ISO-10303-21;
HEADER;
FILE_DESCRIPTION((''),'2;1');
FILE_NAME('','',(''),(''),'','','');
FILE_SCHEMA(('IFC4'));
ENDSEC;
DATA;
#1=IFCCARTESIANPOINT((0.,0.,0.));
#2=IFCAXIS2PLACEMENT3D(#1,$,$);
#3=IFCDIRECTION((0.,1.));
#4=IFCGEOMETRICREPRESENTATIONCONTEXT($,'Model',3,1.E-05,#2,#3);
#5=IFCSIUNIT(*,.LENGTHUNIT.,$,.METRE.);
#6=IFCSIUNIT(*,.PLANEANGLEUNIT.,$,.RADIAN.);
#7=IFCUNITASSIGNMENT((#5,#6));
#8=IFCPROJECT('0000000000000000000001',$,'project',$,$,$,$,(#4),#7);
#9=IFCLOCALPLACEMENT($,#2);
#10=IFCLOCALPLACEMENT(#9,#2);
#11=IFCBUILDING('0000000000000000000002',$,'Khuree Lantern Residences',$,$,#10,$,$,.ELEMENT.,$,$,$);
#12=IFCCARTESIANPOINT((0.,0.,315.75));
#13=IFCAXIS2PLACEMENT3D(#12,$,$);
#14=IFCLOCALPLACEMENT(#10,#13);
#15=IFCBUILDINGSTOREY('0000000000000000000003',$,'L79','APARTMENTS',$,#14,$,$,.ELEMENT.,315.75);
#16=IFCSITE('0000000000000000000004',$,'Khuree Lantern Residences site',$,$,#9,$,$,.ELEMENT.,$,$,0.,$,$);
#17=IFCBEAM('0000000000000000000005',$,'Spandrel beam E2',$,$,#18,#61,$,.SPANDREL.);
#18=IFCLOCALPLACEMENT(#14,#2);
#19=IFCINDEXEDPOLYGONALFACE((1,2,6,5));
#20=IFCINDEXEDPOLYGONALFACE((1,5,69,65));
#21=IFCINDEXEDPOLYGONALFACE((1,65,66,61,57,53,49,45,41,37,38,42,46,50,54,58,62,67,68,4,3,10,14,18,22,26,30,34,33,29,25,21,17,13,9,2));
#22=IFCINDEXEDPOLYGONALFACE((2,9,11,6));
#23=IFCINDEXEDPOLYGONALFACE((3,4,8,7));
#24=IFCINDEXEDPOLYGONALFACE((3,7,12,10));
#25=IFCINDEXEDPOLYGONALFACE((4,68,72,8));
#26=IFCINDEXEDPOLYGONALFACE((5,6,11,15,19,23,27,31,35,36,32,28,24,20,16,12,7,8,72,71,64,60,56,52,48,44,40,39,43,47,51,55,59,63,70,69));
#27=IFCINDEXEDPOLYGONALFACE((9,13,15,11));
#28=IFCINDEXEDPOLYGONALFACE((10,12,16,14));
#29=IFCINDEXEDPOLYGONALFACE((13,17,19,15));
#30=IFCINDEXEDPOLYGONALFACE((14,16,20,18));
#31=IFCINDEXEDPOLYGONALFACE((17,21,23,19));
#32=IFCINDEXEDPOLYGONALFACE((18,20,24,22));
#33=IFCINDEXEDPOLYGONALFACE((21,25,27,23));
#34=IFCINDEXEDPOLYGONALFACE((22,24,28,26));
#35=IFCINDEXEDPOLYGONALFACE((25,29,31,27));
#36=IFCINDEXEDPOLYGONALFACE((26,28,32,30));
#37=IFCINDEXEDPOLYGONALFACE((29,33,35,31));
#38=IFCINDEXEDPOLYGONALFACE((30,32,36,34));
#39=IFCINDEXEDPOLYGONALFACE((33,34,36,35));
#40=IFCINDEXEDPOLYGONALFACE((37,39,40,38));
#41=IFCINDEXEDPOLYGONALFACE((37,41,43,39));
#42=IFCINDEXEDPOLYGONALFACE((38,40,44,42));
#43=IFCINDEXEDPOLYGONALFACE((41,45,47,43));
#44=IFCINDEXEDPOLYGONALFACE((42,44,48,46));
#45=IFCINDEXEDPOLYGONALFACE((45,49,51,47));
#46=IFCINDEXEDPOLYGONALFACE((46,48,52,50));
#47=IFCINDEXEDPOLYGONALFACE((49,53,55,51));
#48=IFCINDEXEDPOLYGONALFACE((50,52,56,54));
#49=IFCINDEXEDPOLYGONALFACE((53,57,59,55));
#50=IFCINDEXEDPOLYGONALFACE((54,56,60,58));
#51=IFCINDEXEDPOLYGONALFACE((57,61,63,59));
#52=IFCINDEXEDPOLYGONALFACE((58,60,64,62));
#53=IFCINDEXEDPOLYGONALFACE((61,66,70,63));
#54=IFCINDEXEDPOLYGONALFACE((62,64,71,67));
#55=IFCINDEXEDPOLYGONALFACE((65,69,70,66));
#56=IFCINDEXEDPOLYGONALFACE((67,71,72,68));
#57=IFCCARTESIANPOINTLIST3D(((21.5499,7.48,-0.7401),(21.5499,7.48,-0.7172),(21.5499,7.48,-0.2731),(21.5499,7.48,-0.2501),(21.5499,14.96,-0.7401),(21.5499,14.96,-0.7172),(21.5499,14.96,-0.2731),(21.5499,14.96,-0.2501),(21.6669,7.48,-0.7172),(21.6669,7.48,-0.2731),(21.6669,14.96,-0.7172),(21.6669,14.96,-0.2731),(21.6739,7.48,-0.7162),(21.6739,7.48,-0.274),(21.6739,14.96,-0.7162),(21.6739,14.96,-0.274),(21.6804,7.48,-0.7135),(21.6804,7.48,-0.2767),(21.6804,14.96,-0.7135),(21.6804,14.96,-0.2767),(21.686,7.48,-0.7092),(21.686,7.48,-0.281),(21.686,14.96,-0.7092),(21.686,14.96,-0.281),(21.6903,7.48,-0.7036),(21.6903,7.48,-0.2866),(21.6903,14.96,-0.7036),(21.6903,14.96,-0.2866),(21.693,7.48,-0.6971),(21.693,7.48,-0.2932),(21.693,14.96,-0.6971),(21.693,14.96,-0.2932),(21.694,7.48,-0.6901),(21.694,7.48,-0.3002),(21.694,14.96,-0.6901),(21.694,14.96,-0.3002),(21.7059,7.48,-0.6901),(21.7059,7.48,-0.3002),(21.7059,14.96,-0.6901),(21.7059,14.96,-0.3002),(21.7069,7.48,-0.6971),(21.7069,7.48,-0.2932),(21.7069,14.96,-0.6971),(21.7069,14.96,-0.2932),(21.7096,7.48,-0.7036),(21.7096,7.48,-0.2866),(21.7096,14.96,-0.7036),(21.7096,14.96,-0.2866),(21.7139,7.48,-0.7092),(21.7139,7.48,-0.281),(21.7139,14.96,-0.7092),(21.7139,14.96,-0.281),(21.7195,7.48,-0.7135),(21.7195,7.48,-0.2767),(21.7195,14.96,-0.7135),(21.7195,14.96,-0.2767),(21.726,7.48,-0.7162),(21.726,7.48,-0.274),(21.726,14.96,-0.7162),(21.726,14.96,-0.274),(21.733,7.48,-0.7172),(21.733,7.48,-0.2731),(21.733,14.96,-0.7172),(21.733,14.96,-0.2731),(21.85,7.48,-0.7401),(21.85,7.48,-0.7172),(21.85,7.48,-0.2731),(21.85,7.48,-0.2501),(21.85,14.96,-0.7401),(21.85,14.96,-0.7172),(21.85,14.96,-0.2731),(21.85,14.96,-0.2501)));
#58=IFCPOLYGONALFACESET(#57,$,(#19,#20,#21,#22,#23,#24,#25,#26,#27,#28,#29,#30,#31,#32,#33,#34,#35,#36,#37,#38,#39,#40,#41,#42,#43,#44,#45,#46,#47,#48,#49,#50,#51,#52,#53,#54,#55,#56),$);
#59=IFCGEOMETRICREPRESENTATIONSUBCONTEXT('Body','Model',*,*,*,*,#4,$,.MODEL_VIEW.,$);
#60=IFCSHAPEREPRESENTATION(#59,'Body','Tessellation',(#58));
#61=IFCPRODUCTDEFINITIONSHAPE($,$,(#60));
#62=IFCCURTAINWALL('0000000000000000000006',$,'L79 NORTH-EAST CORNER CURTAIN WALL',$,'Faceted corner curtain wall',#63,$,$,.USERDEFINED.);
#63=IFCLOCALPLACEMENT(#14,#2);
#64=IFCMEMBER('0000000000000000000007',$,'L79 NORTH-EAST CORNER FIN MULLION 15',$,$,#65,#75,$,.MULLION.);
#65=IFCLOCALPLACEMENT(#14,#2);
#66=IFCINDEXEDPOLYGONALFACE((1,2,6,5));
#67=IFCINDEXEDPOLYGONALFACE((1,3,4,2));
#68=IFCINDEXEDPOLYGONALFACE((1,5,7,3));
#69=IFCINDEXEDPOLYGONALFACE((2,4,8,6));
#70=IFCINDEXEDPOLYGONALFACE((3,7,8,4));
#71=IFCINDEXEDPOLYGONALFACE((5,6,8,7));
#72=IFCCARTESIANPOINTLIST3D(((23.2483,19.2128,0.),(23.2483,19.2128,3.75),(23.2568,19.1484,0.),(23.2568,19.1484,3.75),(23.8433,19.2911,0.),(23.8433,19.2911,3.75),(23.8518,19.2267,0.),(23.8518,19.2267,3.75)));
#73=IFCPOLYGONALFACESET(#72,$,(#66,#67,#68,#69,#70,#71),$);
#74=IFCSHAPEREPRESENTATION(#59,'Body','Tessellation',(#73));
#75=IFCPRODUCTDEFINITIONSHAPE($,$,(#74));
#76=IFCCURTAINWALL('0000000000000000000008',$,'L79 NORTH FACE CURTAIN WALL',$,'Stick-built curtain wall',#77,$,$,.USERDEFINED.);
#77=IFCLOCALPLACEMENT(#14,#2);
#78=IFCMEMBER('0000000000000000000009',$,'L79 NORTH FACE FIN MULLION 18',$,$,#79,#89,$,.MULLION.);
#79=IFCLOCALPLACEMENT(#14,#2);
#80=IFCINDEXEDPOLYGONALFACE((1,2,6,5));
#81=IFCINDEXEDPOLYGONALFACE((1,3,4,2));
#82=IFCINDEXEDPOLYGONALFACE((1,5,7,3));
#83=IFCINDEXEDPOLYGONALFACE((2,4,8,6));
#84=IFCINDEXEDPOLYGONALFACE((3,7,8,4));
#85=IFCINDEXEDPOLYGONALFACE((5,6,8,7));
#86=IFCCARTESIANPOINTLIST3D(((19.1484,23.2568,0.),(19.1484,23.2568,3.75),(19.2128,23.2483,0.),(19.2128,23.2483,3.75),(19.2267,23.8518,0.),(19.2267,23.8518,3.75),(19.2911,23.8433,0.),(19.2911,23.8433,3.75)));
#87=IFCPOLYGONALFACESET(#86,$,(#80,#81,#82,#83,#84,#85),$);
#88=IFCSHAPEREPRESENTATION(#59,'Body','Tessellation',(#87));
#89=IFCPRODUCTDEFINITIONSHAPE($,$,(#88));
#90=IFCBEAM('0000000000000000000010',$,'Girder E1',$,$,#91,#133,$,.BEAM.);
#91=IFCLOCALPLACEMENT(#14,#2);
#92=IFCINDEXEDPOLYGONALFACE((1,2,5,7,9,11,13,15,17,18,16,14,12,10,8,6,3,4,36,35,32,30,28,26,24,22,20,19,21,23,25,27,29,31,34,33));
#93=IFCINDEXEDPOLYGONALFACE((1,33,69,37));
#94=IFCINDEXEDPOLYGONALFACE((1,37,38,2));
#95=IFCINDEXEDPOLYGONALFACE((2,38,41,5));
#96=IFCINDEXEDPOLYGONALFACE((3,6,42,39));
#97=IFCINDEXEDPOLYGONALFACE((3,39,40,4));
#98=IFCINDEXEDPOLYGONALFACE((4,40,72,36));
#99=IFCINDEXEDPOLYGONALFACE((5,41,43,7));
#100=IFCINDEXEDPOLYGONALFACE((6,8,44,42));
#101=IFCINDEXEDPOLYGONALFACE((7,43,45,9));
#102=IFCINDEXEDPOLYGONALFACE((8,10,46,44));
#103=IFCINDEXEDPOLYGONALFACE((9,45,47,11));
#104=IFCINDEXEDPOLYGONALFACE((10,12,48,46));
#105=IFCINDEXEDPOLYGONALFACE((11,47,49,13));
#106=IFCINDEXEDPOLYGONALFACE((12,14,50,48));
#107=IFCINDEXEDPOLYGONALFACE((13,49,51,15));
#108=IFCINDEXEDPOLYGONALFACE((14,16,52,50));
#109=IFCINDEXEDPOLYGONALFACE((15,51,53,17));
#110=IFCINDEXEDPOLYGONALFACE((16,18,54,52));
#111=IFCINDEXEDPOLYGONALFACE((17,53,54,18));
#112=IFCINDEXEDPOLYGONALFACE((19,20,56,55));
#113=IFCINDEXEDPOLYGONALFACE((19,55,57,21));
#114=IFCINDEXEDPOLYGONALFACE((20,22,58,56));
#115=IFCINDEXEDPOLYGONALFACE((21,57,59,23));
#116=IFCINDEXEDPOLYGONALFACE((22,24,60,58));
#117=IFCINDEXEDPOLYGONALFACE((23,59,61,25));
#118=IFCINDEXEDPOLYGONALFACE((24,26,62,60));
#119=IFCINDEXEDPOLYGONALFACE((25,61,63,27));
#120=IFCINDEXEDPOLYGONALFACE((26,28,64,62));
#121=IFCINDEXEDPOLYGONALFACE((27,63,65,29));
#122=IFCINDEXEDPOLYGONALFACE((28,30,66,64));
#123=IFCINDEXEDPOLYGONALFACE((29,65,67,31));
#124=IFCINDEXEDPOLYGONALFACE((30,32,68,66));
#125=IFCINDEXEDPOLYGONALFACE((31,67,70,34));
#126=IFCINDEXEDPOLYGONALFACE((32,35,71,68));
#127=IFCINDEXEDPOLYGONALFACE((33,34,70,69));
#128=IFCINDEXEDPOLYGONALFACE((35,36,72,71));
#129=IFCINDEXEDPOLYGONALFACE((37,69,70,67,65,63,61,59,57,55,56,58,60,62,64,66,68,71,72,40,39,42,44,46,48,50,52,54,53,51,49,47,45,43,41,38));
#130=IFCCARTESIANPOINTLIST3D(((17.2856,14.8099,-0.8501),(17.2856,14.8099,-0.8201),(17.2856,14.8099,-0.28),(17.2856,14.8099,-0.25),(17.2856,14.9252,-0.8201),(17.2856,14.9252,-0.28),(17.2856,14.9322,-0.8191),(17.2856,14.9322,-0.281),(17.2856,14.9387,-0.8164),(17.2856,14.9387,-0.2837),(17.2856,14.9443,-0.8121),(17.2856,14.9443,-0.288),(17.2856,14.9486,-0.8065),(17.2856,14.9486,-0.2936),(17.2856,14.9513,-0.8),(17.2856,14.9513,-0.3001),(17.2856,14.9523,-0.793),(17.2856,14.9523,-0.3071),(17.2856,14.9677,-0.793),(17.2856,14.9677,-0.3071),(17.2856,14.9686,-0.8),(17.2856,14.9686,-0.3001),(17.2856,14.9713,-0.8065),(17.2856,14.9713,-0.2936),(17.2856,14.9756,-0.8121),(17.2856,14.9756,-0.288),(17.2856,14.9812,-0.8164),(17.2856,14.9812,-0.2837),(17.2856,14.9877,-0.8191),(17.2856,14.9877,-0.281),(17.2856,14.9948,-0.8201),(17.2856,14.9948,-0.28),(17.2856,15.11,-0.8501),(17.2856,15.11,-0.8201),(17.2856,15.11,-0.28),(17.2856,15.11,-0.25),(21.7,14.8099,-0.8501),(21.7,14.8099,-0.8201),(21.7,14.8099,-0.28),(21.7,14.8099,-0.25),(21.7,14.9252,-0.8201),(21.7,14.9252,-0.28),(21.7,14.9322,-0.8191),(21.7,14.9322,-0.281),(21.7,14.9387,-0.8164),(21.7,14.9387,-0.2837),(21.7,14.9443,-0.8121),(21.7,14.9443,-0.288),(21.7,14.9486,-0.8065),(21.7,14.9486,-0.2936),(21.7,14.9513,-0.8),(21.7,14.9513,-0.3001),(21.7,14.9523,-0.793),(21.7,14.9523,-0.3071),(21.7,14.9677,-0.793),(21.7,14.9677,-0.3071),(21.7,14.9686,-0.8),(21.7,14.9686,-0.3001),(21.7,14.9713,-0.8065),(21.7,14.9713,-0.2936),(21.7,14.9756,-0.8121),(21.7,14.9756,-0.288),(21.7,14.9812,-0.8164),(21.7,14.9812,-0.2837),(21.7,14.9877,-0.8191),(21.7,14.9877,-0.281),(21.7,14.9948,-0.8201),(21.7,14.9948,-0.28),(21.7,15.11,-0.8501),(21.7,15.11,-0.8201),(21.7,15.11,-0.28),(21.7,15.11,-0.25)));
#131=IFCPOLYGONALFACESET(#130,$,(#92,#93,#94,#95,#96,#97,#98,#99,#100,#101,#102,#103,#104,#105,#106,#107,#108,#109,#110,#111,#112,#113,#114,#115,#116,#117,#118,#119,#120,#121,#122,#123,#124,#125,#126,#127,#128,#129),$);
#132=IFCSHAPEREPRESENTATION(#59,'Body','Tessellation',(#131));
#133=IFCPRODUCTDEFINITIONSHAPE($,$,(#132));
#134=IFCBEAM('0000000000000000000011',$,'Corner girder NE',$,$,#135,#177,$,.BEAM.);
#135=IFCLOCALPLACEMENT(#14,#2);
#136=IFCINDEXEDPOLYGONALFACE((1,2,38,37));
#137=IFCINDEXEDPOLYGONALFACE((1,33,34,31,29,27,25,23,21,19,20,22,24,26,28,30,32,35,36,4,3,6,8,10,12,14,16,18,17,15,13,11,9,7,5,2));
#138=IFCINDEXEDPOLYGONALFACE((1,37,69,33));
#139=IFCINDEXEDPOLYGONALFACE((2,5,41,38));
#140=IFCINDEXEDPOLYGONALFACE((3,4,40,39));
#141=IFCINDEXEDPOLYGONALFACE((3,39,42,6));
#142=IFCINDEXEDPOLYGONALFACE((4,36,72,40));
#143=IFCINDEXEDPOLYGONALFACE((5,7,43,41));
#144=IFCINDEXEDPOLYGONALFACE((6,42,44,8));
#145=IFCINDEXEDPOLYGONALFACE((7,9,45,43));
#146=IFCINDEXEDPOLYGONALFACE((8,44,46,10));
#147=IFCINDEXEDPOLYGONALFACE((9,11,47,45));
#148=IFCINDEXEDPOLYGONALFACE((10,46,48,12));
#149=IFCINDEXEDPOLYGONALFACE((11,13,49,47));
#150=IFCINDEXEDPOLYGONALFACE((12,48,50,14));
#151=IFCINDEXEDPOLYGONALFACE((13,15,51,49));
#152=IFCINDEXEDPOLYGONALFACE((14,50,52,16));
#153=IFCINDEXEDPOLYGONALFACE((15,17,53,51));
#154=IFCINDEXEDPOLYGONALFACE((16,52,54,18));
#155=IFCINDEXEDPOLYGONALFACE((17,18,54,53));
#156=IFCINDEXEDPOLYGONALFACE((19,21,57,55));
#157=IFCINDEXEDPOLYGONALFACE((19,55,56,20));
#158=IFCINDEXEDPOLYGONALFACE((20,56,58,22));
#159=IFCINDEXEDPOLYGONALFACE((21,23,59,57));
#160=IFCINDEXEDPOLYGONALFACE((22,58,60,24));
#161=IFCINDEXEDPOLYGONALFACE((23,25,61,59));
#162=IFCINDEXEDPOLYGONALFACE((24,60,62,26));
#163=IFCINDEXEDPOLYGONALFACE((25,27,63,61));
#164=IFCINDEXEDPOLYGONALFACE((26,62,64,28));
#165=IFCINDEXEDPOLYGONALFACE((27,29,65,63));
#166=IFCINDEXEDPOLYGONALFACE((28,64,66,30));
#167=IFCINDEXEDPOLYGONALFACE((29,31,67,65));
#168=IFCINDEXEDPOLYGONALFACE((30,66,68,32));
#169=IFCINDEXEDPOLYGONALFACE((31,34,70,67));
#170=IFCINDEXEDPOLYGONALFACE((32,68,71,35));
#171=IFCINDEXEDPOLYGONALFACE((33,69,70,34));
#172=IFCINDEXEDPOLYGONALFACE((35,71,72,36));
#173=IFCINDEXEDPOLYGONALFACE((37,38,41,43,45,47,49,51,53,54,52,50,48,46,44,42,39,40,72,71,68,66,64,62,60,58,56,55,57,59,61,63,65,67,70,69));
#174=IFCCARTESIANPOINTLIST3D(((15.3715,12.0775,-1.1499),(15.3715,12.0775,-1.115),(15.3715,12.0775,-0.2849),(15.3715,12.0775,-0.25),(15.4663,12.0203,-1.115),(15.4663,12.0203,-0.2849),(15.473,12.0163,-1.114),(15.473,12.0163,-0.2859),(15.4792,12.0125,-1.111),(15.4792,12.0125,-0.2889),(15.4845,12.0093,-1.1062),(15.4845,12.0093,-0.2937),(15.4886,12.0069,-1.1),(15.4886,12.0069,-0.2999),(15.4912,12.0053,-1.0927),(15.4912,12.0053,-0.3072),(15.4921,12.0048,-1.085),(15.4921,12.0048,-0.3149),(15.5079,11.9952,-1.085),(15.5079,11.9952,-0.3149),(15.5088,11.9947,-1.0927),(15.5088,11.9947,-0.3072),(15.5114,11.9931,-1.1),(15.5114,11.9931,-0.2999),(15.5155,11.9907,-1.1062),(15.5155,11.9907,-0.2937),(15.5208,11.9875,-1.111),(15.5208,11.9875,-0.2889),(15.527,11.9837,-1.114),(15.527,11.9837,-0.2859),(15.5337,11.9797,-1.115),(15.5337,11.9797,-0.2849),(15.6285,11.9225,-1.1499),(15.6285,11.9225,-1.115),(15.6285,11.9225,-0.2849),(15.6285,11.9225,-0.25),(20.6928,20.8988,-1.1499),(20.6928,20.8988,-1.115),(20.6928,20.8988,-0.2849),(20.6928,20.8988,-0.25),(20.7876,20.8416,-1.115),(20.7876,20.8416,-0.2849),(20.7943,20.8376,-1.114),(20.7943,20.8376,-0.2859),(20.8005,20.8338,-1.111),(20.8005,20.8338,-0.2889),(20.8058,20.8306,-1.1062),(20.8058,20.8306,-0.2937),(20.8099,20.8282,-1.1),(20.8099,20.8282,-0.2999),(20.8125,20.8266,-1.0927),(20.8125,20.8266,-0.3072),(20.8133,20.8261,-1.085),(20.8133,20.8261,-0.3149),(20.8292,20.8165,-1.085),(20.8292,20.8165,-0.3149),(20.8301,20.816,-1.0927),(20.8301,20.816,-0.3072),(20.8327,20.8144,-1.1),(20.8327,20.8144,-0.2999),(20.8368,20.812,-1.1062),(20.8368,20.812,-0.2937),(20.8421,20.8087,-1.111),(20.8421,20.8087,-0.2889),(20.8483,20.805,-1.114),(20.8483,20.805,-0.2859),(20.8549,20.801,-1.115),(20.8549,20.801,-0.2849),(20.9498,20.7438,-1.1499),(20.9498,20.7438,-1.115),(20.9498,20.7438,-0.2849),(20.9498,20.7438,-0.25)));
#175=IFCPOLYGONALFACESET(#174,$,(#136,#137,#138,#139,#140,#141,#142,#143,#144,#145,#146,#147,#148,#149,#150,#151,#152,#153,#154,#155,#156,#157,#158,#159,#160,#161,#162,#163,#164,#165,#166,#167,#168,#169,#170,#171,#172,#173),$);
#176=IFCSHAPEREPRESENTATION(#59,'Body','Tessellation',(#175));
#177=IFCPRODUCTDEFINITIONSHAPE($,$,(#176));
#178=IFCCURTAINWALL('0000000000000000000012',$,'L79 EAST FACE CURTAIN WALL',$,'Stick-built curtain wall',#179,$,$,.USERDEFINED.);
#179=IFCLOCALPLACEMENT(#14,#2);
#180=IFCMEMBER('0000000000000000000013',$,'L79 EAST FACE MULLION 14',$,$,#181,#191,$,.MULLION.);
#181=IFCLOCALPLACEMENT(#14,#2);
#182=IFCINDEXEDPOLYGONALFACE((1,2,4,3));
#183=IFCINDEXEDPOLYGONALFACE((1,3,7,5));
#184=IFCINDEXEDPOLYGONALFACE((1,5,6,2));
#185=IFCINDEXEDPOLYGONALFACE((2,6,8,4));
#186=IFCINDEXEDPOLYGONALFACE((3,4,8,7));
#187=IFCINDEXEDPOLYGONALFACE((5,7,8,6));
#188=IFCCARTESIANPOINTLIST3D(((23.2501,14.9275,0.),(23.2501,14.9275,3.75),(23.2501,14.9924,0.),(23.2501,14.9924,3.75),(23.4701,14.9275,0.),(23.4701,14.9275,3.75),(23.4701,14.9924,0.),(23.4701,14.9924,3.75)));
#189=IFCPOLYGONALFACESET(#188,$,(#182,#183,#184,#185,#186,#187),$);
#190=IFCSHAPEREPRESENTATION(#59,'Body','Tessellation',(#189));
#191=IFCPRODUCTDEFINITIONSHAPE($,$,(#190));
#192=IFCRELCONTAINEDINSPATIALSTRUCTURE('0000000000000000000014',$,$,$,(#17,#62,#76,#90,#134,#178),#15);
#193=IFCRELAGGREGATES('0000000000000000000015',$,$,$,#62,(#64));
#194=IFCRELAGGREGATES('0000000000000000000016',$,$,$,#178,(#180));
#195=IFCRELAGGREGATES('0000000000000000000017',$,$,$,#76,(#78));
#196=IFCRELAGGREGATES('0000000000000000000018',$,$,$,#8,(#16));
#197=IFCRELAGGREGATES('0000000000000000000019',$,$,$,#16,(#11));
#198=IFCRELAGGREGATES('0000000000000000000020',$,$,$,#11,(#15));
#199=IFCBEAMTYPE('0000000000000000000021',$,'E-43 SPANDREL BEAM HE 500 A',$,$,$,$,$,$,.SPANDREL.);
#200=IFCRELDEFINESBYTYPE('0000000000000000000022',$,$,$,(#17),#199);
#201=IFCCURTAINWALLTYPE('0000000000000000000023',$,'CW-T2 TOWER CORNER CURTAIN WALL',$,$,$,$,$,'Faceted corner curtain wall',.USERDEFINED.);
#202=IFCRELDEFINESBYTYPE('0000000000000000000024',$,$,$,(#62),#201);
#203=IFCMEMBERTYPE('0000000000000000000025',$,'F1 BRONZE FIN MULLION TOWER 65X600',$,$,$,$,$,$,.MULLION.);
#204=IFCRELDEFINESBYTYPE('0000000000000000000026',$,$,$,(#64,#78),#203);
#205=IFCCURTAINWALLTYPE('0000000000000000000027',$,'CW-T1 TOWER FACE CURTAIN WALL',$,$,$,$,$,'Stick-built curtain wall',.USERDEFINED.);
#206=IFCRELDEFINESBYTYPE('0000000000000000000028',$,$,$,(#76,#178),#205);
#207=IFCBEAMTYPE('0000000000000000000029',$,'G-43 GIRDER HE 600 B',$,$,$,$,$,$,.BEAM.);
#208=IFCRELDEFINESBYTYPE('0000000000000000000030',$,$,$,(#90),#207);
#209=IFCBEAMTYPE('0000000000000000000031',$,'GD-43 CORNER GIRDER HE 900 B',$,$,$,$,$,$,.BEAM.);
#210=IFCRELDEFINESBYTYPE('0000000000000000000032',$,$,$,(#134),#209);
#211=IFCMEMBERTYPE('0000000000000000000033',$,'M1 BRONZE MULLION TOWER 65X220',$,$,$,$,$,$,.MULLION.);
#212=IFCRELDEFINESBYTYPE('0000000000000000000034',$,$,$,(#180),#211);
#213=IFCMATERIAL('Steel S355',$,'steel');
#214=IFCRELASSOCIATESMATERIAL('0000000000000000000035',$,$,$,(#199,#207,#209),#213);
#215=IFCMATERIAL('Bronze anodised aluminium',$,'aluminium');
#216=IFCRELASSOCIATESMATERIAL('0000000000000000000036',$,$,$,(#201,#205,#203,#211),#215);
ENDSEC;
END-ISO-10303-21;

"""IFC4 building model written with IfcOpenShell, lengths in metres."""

from ifc_helpers import new_model, si_unit, direction, frame, origin, origin_2d, place, context, subcontext, project, spatial, rectangle, i_section, extrude, material, material_profile, profile_set, type_object, element, aggregate, save


model = new_model("IFC4")

# Units and contexts
model_context = context("Model", 3, precision=1e-05, world=origin(), true_north=direction((0.0, 1.0)))
body_context = subcontext(model_context, "Body", "Model", "MODEL_VIEW")
ifc_project = project(units=[si_unit("LENGTHUNIT", "METRE"), si_unit("PLANEANGLEUNIT", "RADIAN")], contexts=[model_context])

# Site, building, storey
site_placement = place(None, origin())
site = spatial("IfcSite", under=ifc_project, at=site_placement, Name="Khuree Lantern Residences site", CompositionType="ELEMENT", RefElevation=0.0)
building_placement = place(site_placement, origin())
building = spatial("IfcBuilding", under=site, at=building_placement, Name="Khuree Lantern Residences", CompositionType="ELEMENT")
storey_placement = place(building_placement, frame((0.0, 0.0, 315.75)))
storey = spatial("IfcBuildingStorey", under=building, at=storey_placement, Name="L79", Description="APARTMENTS", CompositionType="ELEMENT", Elevation=315.75)

# Beam
ifc_material_1 = material(Name="Steel S355", Category="steel")
ifc_material_profile_1 = material_profile(ifc_material_1, i_section(OverallWidth=0.3, OverallDepth=0.49, WebThickness=0.012, FlangeThickness=0.0229, FilletRadius=0.0271, at=origin_2d()), Name="HE 500 A")
ifc_profile_set_1 = profile_set([ifc_material_profile_1], Name="Steel S355")
beam_type_1 = type_object("IfcBeamType", Name="E-43 SPANDREL BEAM HE 500 A", PredefinedType="SPANDREL", material=ifc_profile_set_1)
beam_1_placement = place(storey_placement, frame((21.7, 14.96, -0.4951), z_axis=(0.0, -1.0, 0.0), x_axis=(1.0, 0.0, 0.0)))
element("IfcBeam", 1, at=beam_1_placement, inside=storey, type_object=beam_type_1, Name="Spandrel beam E2", PredefinedType="SPANDREL", context=body_context, shape_type="SweptSolid", body=[
    extrude(i_section(OverallWidth=0.3, OverallDepth=0.49, WebThickness=0.012, FlangeThickness=0.0229, FilletRadius=0.0271, at=origin_2d()), origin(), (0.0, 0.0, 1.0), 7.48),
])

# Curtain walls, members
ifc_material_2 = material(Name="Bronze anodised aluminium", Category="aluminium")
curtain_wall_type_1 = type_object("IfcCurtainWallType", Name="CW-T2 TOWER CORNER CURTAIN WALL", ElementType="Faceted corner curtain wall", PredefinedType="USERDEFINED", material=ifc_material_2)
curtain_wall_1_placement = place(storey_placement, origin())
curtain_wall_1 = element("IfcCurtainWall", 2, at=curtain_wall_1_placement, inside=storey, type_object=curtain_wall_type_1, Name="L79 NORTH-EAST CORNER CURTAIN WALL", ObjectType="Faceted corner curtain wall", PredefinedType="USERDEFINED")
ifc_material_profile_2 = material_profile(ifc_material_2, rectangle(XDim=0.0649, YDim=0.6001, at=origin_2d()), Name="F1 65X600")
ifc_profile_set_2 = profile_set([ifc_material_profile_2], Name="Bronze anodised aluminium")
member_type_1 = type_object("IfcMemberType", Name="F1 BRONZE FIN MULLION TOWER 65X600", PredefinedType="MULLION", material=ifc_profile_set_2)
member_1_placement = place(storey_placement, frame((23.55, 19.2197, 0.0), z_axis=(0.0, 0.0, 1.0), x_axis=(-0.130526, 0.991445, 0.0)))
member_1 = element("IfcMember", 3, at=member_1_placement, type_object=member_type_1, Name="L79 NORTH-EAST CORNER FIN MULLION 15", PredefinedType="MULLION", context=body_context, shape_type="SweptSolid", body=[
    extrude(rectangle(XDim=0.0649, YDim=0.6001, at=origin_2d()), origin(), (0.0, 0.0, 1.0), 3.75),
])
curtain_wall_type_2 = type_object("IfcCurtainWallType", Name="CW-T1 TOWER FACE CURTAIN WALL", ElementType="Stick-built curtain wall", PredefinedType="USERDEFINED", material=ifc_material_2)
curtain_wall_2_placement = place(storey_placement, origin())
curtain_wall_2 = element("IfcCurtainWall", 4, at=curtain_wall_2_placement, inside=storey, type_object=curtain_wall_type_2, Name="L79 NORTH FACE CURTAIN WALL", ObjectType="Stick-built curtain wall", PredefinedType="USERDEFINED")
member_2_placement = place(storey_placement, frame((19.2197, 23.55, 0.0), z_axis=(0.0, 0.0, 1.0), x_axis=(-0.991445, 0.130526, 0.0)))
member_2 = element("IfcMember", 5, at=member_2_placement, type_object=member_type_1, Name="L79 NORTH FACE FIN MULLION 18", PredefinedType="MULLION", context=body_context, shape_type="SweptSolid", body=[
    extrude(rectangle(XDim=0.0649, YDim=0.6001, at=origin_2d()), origin(), (0.0, 0.0, 1.0), 3.75),
])

# Beams
ifc_material_profile_3 = material_profile(ifc_material_1, i_section(OverallWidth=0.3, OverallDepth=0.6001, WebThickness=0.0154, FlangeThickness=0.03, FilletRadius=0.0271, at=origin_2d()), Name="HE 600 B")
ifc_profile_set_3 = profile_set([ifc_material_profile_3], Name="Steel S355")
beam_type_2 = type_object("IfcBeamType", Name="G-43 GIRDER HE 600 B", PredefinedType="BEAM", material=ifc_profile_set_3)
beam_2_placement = place(storey_placement, frame((21.7, 14.96, -0.55), z_axis=(-1.0, 0.0, 0.0), x_axis=(0.0, -1.0, 0.0)))
element("IfcBeam", 6, at=beam_2_placement, inside=storey, type_object=beam_type_2, Name="Girder E1", PredefinedType="BEAM", context=body_context, shape_type="SweptSolid", body=[
    extrude(i_section(OverallWidth=0.3, OverallDepth=0.6001, WebThickness=0.0154, FlangeThickness=0.03, FilletRadius=0.0271, at=origin_2d()), origin(), (0.0, 0.0, 1.0), 4.4143),
])
ifc_material_profile_4 = material_profile(ifc_material_1, i_section(OverallWidth=0.3, OverallDepth=0.8999, WebThickness=0.0186, FlangeThickness=0.0349, FilletRadius=0.03, at=origin_2d()), Name="HE 900 B")
ifc_profile_set_4 = profile_set([ifc_material_profile_4], Name="Steel S355")
beam_type_3 = type_object("IfcBeamType", Name="GD-43 CORNER GIRDER HE 900 B", PredefinedType="BEAM", material=ifc_profile_set_4)
beam_3_placement = place(storey_placement, frame((20.8213, 20.8213, -0.7), z_axis=(-0.51653, -0.856269, 0.0), x_axis=(0.856269, -0.51653, 0.0)))
element("IfcBeam", 7, at=beam_3_placement, inside=storey, type_object=beam_type_3, Name="Corner girder NE", PredefinedType="BEAM", context=body_context, shape_type="SweptSolid", body=[
    extrude(i_section(OverallWidth=0.3, OverallDepth=0.8999, WebThickness=0.0186, FlangeThickness=0.0349, FilletRadius=0.03, at=origin_2d()), origin(), (0.0, 0.0, 1.0), 10.302),
])

# Curtain wall, member
curtain_wall_3_placement = place(storey_placement, origin())
curtain_wall_3 = element("IfcCurtainWall", 8, at=curtain_wall_3_placement, inside=storey, type_object=curtain_wall_type_2, Name="L79 EAST FACE CURTAIN WALL", ObjectType="Stick-built curtain wall", PredefinedType="USERDEFINED")
ifc_material_profile_5 = material_profile(ifc_material_2, rectangle(XDim=0.0649, YDim=0.22, at=origin_2d()), Name="M1 65X220")
ifc_profile_set_5 = profile_set([ifc_material_profile_5], Name="Bronze anodised aluminium")
member_type_2 = type_object("IfcMemberType", Name="M1 BRONZE MULLION TOWER 65X220", PredefinedType="MULLION", material=ifc_profile_set_5)
member_3_placement = place(storey_placement, frame((23.3601, 14.96, 0.0), z_axis=(0.0, 0.0, 1.0), x_axis=(0.0, 1.0, 0.0)))
member_3 = element("IfcMember", 9, at=member_3_placement, type_object=member_type_2, Name="L79 EAST FACE MULLION 14", PredefinedType="MULLION", context=body_context, shape_type="SweptSolid", body=[
    extrude(rectangle(XDim=0.0649, YDim=0.22, at=origin_2d()), origin(), (0.0, 0.0, 1.0), 3.75),
])

aggregate(curtain_wall_1, [member_1])
aggregate(curtain_wall_3, [member_3])
aggregate(curtain_wall_2, [member_2])

save(model, "model.ifc")
